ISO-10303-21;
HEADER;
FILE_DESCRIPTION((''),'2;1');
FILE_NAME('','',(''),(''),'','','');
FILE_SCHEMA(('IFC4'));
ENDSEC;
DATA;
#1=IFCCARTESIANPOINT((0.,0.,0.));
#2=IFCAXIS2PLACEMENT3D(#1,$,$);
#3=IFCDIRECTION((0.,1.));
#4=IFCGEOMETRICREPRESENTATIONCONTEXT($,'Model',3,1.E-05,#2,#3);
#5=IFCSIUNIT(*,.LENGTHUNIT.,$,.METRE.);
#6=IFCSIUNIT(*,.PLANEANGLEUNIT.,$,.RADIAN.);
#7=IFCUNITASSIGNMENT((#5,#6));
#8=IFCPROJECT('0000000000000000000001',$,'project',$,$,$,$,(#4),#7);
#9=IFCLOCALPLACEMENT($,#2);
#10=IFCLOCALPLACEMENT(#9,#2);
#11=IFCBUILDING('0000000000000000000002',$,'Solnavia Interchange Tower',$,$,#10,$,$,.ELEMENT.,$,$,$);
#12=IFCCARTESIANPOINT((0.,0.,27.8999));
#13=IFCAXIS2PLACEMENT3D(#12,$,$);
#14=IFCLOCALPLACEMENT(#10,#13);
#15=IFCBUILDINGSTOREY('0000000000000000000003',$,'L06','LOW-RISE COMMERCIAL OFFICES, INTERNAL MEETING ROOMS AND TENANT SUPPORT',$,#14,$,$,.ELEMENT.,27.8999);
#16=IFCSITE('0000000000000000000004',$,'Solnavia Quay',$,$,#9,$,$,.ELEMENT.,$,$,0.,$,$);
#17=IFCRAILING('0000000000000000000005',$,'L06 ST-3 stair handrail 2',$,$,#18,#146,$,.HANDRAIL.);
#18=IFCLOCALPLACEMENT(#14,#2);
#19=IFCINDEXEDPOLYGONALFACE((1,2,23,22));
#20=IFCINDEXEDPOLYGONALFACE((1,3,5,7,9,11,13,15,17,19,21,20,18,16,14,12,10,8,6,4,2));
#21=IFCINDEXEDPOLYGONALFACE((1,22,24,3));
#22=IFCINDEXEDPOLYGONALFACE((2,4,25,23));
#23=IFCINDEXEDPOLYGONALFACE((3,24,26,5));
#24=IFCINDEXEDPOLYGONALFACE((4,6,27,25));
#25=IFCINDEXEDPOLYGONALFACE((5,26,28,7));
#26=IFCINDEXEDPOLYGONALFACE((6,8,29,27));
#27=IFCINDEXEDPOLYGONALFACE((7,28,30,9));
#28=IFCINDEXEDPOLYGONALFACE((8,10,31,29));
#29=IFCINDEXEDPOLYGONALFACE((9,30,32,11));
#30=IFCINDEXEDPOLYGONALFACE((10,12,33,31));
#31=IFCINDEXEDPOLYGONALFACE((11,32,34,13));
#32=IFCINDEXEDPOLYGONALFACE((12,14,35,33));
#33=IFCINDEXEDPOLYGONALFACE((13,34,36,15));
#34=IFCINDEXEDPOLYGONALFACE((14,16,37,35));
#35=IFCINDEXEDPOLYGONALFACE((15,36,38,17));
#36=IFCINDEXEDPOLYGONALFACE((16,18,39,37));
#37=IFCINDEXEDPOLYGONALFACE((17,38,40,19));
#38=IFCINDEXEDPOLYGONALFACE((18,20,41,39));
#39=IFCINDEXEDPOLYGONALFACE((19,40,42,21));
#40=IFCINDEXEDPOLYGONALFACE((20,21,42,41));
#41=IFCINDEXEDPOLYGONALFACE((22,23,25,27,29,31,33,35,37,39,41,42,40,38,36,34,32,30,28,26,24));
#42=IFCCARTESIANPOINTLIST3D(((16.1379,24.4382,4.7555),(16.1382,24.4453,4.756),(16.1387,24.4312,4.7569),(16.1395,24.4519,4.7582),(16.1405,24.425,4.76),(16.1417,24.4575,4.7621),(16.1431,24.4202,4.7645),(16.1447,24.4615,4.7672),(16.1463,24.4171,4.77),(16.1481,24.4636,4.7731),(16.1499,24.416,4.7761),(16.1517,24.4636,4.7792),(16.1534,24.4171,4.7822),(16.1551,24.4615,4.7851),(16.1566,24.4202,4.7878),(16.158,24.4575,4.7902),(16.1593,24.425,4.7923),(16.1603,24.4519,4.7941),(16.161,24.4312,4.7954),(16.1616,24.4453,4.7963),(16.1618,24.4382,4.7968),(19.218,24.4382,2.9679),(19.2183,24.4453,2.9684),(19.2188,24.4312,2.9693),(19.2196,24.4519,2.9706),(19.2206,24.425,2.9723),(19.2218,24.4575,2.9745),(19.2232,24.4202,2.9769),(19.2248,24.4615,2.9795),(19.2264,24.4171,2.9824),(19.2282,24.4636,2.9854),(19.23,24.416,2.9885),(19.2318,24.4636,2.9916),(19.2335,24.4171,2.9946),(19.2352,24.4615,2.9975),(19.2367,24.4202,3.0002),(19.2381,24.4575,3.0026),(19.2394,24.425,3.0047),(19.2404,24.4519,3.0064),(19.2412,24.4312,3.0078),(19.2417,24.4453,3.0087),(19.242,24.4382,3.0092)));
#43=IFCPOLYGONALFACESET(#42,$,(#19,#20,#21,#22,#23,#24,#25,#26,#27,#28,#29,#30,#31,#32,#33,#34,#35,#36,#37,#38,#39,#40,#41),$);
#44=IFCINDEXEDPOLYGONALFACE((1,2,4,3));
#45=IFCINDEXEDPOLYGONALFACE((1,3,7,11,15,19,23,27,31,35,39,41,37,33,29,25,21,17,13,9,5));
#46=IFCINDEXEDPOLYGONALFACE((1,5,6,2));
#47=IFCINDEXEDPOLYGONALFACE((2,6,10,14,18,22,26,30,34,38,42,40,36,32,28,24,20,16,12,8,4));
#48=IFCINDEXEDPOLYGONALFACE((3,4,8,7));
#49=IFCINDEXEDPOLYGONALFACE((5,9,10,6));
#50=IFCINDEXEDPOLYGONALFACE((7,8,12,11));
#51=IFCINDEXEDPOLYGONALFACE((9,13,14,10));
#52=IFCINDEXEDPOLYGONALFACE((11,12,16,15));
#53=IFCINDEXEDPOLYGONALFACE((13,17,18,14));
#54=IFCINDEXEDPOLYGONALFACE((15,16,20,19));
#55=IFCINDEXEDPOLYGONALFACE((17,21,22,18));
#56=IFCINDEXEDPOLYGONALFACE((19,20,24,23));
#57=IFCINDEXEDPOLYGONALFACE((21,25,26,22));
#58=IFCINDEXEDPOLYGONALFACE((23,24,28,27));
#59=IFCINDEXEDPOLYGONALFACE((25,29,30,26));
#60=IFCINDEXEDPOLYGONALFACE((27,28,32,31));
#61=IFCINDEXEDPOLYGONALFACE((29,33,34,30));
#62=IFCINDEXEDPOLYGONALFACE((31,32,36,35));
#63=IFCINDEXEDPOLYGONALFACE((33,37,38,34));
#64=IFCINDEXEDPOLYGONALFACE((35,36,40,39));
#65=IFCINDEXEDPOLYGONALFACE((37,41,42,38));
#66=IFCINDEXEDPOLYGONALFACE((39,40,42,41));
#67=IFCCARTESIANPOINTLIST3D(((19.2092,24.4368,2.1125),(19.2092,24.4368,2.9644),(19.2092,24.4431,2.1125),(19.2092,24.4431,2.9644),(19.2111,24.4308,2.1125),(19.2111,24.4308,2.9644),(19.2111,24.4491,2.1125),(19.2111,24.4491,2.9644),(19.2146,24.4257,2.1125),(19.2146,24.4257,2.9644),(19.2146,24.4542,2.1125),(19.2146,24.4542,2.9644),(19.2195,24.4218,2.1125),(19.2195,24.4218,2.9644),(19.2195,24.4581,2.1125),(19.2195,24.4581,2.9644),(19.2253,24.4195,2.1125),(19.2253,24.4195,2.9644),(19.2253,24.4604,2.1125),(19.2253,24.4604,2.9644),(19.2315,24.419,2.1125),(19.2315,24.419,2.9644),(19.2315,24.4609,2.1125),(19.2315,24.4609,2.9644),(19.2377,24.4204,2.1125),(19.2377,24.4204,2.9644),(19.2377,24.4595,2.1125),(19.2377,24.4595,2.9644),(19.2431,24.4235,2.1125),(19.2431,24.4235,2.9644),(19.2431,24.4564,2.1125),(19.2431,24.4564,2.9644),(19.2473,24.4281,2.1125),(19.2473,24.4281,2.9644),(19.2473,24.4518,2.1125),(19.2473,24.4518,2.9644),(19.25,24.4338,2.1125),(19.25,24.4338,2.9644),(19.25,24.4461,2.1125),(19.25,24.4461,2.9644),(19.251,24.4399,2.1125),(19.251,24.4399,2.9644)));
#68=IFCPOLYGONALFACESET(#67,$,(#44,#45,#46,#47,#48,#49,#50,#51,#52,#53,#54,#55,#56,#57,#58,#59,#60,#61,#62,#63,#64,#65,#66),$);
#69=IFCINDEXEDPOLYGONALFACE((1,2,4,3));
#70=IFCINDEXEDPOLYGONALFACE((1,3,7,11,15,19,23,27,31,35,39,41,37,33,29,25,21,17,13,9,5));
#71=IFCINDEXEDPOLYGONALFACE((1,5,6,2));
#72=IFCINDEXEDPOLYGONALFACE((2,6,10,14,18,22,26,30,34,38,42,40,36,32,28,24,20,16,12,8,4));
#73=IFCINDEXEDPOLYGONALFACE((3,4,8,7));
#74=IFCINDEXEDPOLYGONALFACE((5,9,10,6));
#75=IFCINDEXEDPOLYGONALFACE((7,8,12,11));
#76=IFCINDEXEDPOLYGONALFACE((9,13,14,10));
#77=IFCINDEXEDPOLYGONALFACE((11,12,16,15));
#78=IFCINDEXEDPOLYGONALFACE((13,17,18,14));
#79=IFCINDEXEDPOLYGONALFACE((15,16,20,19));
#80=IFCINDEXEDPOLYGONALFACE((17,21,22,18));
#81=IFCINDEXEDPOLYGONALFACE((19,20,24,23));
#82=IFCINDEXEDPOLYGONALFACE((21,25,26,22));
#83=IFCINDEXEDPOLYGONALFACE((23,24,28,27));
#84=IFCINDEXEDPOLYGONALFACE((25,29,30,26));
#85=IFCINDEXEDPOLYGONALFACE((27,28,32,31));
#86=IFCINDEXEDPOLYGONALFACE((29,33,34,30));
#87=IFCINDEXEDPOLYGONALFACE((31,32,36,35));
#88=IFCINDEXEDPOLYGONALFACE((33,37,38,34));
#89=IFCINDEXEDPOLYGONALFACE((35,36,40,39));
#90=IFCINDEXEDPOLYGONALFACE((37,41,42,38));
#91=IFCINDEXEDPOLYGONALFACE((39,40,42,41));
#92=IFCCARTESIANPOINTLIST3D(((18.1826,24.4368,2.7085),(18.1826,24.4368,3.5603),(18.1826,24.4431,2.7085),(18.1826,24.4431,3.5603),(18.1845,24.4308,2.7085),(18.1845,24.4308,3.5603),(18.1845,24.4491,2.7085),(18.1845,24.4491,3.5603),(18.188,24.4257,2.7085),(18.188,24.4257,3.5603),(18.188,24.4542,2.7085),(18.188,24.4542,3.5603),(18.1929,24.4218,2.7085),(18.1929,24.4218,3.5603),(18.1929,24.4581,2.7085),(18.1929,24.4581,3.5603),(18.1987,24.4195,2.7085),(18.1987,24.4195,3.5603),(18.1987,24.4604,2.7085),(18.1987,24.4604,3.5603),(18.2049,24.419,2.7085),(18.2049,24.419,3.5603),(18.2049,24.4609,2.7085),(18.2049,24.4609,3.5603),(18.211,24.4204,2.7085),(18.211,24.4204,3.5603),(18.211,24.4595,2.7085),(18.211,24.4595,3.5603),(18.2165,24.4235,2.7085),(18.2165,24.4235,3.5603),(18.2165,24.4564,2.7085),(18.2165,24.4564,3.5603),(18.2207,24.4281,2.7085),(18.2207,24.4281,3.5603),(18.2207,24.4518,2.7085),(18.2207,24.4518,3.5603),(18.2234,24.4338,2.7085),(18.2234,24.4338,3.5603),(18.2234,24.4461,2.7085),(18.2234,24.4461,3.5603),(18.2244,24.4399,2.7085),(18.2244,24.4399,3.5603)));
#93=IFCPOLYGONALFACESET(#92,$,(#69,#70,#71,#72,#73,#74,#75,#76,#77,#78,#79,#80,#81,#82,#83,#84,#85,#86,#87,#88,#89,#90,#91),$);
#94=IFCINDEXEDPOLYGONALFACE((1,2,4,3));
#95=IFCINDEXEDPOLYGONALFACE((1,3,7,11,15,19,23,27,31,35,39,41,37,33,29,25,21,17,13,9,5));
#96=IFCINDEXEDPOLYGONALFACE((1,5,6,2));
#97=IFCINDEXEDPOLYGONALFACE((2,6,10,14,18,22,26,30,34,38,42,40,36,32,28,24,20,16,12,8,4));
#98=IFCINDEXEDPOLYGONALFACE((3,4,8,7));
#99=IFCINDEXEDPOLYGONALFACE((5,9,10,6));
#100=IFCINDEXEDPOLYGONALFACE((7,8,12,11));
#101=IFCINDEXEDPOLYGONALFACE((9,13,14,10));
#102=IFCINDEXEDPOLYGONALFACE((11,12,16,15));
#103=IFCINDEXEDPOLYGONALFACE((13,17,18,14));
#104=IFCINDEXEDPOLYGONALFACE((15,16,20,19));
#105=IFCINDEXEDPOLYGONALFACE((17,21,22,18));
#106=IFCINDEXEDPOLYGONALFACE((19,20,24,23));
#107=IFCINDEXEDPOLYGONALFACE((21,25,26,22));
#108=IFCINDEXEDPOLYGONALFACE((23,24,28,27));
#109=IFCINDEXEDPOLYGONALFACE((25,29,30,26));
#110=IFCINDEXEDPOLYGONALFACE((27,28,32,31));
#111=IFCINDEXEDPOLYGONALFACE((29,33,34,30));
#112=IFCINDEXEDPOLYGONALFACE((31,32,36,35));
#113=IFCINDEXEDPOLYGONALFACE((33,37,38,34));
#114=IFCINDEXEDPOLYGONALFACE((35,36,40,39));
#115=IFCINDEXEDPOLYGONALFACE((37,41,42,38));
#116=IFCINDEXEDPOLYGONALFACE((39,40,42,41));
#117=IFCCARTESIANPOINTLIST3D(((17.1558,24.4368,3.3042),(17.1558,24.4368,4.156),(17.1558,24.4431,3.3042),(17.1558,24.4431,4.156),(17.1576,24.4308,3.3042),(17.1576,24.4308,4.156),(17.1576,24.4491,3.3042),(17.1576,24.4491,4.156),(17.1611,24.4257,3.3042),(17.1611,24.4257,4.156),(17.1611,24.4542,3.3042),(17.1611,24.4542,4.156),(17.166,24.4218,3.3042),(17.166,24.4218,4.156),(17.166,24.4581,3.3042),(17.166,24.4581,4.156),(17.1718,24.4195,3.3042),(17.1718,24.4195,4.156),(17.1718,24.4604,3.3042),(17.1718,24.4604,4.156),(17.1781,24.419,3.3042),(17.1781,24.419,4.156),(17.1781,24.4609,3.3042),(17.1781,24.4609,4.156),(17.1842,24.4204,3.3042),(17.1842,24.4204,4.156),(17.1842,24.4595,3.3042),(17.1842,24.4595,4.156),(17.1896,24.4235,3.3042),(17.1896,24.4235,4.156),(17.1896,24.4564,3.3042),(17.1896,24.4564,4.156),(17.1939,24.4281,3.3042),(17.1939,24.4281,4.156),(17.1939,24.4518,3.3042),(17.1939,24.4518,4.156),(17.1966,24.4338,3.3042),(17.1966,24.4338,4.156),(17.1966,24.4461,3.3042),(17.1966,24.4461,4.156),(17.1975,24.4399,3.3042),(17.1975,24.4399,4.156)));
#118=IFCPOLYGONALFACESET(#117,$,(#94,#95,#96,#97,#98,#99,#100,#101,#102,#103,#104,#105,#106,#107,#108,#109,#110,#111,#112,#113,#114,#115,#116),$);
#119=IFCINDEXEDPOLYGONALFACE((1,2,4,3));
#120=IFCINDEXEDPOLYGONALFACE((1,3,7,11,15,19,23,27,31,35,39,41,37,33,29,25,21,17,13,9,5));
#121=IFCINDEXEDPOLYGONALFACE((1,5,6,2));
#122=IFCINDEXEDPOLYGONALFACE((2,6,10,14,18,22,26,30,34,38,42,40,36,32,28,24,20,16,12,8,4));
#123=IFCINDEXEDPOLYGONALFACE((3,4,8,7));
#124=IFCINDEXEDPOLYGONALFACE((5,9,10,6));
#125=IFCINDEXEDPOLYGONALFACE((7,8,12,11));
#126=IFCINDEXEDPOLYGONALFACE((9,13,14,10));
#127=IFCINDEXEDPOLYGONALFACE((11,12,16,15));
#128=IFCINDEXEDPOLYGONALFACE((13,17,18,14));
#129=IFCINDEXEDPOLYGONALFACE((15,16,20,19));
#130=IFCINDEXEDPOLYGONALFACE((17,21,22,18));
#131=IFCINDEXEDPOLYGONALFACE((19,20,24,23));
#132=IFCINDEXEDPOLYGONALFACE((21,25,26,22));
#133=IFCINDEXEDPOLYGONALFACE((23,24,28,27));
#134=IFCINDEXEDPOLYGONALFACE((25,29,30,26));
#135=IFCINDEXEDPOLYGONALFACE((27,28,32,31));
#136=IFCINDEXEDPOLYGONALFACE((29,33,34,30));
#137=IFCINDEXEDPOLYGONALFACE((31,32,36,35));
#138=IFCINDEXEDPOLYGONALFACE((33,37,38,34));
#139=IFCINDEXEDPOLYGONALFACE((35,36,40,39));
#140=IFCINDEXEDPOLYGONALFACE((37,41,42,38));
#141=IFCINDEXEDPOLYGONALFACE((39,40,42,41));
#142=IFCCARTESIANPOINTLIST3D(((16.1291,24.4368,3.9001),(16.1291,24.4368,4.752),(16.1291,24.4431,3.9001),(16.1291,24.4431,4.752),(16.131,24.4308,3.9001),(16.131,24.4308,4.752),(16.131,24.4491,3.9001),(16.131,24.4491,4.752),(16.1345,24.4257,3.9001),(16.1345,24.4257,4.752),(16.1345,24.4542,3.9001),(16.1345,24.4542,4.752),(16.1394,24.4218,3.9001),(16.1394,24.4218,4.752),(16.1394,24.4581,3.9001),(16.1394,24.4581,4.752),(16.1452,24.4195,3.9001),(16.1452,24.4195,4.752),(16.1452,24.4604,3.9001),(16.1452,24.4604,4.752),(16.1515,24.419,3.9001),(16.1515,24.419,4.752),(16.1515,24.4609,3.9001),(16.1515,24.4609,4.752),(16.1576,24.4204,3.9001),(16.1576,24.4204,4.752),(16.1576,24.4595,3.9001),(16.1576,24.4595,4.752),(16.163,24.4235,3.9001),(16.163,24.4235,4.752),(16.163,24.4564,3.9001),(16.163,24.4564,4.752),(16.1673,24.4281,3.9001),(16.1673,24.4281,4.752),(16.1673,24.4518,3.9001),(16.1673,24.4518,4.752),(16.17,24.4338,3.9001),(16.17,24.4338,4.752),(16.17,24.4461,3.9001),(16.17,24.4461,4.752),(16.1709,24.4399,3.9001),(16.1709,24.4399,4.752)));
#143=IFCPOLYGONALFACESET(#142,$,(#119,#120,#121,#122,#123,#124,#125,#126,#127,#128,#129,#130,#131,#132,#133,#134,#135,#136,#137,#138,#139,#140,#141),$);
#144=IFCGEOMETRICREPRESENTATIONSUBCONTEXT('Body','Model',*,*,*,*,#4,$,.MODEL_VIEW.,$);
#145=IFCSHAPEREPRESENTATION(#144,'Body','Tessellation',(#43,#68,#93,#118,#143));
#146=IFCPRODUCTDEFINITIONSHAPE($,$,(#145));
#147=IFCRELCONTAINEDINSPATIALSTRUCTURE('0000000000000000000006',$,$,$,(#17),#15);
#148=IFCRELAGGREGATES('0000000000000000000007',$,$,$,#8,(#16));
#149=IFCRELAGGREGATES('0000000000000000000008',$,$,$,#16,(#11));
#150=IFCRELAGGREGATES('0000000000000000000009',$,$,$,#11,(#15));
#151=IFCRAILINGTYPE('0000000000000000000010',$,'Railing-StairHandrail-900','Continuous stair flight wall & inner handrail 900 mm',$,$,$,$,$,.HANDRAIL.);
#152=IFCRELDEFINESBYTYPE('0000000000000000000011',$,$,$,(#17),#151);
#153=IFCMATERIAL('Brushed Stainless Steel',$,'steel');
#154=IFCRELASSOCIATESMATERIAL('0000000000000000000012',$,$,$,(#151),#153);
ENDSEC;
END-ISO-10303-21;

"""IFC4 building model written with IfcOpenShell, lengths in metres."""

from ifc_helpers import new_model, si_unit, direction, frame, origin, origin_2d, place, context, subcontext, project, spatial, circle, extrude, material, type_object, element, save


model = new_model("IFC4")

# Units and contexts
model_context = context("Model", 3, precision=1e-05, world=origin(), true_north=direction((0.0, 1.0)))
body_context = subcontext(model_context, "Body", "Model", "MODEL_VIEW")
ifc_project = project(units=[si_unit("LENGTHUNIT", "METRE"), si_unit("PLANEANGLEUNIT", "RADIAN")], contexts=[model_context])

# Site, building, storey
site_placement = place(None, origin())
site = spatial("IfcSite", under=ifc_project, at=site_placement, Name="Solnavia Quay", CompositionType="ELEMENT", RefElevation=0.0)
building_placement = place(site_placement, origin())
building = spatial("IfcBuilding", under=site, at=building_placement, Name="Solnavia Interchange Tower", CompositionType="ELEMENT")
storey_placement = place(building_placement, frame((0.0, 0.0, 27.8999)))
storey = spatial("IfcBuildingStorey", under=building, at=storey_placement, Name="L06", Description="LOW-RISE COMMERCIAL OFFICES, INTERNAL MEETING ROOMS AND TENANT SUPPORT", CompositionType="ELEMENT", Elevation=27.8999)

# Railing
ifc_material_1 = material(Name="Brushed Stainless Steel", Category="steel")
railing_type_1 = type_object("IfcRailingType", Name="Railing-StairHandrail-900", Description="Continuous stair flight wall & inner handrail 900 mm", PredefinedType="HANDRAIL", material=ifc_material_1)
railing_1_placement = place(storey_placement, frame((19.23, 24.4399, 2.1125)))
element("IfcRailing", 1, at=railing_1_placement, inside=storey, type_object=railing_type_1, Name="L06 ST-3 stair handrail 2", PredefinedType="HANDRAIL", context=body_context, shape_type="SweptSolid", body=[
    extrude(circle(Radius=0.0239, at=origin_2d()), frame((0.0, 0.0, 0.876), z_axis=(-0.864891, 0.0, 0.50196), x_axis=(0.0, -1.0, 0.0)), (0.0, 0.0, 1.0), 3.5613),
    extrude(circle(Radius=0.021, at=origin_2d()), origin(), (0.0, 0.0, 1.0), 0.8518),
    extrude(circle(Radius=0.021, at=origin_2d()), frame((-1.0266, 0.0, 0.5959)), (0.0, 0.0, 1.0), 0.8518),
    extrude(circle(Radius=0.021, at=origin_2d()), frame((-2.0535, 0.0, 1.1917)), (0.0, 0.0, 1.0), 0.8518),
    extrude(circle(Radius=0.021, at=origin_2d()), frame((-3.0801, 0.0, 1.7876)), (0.0, 0.0, 1.0), 0.8518),
])

save(model, "model.ifc")
